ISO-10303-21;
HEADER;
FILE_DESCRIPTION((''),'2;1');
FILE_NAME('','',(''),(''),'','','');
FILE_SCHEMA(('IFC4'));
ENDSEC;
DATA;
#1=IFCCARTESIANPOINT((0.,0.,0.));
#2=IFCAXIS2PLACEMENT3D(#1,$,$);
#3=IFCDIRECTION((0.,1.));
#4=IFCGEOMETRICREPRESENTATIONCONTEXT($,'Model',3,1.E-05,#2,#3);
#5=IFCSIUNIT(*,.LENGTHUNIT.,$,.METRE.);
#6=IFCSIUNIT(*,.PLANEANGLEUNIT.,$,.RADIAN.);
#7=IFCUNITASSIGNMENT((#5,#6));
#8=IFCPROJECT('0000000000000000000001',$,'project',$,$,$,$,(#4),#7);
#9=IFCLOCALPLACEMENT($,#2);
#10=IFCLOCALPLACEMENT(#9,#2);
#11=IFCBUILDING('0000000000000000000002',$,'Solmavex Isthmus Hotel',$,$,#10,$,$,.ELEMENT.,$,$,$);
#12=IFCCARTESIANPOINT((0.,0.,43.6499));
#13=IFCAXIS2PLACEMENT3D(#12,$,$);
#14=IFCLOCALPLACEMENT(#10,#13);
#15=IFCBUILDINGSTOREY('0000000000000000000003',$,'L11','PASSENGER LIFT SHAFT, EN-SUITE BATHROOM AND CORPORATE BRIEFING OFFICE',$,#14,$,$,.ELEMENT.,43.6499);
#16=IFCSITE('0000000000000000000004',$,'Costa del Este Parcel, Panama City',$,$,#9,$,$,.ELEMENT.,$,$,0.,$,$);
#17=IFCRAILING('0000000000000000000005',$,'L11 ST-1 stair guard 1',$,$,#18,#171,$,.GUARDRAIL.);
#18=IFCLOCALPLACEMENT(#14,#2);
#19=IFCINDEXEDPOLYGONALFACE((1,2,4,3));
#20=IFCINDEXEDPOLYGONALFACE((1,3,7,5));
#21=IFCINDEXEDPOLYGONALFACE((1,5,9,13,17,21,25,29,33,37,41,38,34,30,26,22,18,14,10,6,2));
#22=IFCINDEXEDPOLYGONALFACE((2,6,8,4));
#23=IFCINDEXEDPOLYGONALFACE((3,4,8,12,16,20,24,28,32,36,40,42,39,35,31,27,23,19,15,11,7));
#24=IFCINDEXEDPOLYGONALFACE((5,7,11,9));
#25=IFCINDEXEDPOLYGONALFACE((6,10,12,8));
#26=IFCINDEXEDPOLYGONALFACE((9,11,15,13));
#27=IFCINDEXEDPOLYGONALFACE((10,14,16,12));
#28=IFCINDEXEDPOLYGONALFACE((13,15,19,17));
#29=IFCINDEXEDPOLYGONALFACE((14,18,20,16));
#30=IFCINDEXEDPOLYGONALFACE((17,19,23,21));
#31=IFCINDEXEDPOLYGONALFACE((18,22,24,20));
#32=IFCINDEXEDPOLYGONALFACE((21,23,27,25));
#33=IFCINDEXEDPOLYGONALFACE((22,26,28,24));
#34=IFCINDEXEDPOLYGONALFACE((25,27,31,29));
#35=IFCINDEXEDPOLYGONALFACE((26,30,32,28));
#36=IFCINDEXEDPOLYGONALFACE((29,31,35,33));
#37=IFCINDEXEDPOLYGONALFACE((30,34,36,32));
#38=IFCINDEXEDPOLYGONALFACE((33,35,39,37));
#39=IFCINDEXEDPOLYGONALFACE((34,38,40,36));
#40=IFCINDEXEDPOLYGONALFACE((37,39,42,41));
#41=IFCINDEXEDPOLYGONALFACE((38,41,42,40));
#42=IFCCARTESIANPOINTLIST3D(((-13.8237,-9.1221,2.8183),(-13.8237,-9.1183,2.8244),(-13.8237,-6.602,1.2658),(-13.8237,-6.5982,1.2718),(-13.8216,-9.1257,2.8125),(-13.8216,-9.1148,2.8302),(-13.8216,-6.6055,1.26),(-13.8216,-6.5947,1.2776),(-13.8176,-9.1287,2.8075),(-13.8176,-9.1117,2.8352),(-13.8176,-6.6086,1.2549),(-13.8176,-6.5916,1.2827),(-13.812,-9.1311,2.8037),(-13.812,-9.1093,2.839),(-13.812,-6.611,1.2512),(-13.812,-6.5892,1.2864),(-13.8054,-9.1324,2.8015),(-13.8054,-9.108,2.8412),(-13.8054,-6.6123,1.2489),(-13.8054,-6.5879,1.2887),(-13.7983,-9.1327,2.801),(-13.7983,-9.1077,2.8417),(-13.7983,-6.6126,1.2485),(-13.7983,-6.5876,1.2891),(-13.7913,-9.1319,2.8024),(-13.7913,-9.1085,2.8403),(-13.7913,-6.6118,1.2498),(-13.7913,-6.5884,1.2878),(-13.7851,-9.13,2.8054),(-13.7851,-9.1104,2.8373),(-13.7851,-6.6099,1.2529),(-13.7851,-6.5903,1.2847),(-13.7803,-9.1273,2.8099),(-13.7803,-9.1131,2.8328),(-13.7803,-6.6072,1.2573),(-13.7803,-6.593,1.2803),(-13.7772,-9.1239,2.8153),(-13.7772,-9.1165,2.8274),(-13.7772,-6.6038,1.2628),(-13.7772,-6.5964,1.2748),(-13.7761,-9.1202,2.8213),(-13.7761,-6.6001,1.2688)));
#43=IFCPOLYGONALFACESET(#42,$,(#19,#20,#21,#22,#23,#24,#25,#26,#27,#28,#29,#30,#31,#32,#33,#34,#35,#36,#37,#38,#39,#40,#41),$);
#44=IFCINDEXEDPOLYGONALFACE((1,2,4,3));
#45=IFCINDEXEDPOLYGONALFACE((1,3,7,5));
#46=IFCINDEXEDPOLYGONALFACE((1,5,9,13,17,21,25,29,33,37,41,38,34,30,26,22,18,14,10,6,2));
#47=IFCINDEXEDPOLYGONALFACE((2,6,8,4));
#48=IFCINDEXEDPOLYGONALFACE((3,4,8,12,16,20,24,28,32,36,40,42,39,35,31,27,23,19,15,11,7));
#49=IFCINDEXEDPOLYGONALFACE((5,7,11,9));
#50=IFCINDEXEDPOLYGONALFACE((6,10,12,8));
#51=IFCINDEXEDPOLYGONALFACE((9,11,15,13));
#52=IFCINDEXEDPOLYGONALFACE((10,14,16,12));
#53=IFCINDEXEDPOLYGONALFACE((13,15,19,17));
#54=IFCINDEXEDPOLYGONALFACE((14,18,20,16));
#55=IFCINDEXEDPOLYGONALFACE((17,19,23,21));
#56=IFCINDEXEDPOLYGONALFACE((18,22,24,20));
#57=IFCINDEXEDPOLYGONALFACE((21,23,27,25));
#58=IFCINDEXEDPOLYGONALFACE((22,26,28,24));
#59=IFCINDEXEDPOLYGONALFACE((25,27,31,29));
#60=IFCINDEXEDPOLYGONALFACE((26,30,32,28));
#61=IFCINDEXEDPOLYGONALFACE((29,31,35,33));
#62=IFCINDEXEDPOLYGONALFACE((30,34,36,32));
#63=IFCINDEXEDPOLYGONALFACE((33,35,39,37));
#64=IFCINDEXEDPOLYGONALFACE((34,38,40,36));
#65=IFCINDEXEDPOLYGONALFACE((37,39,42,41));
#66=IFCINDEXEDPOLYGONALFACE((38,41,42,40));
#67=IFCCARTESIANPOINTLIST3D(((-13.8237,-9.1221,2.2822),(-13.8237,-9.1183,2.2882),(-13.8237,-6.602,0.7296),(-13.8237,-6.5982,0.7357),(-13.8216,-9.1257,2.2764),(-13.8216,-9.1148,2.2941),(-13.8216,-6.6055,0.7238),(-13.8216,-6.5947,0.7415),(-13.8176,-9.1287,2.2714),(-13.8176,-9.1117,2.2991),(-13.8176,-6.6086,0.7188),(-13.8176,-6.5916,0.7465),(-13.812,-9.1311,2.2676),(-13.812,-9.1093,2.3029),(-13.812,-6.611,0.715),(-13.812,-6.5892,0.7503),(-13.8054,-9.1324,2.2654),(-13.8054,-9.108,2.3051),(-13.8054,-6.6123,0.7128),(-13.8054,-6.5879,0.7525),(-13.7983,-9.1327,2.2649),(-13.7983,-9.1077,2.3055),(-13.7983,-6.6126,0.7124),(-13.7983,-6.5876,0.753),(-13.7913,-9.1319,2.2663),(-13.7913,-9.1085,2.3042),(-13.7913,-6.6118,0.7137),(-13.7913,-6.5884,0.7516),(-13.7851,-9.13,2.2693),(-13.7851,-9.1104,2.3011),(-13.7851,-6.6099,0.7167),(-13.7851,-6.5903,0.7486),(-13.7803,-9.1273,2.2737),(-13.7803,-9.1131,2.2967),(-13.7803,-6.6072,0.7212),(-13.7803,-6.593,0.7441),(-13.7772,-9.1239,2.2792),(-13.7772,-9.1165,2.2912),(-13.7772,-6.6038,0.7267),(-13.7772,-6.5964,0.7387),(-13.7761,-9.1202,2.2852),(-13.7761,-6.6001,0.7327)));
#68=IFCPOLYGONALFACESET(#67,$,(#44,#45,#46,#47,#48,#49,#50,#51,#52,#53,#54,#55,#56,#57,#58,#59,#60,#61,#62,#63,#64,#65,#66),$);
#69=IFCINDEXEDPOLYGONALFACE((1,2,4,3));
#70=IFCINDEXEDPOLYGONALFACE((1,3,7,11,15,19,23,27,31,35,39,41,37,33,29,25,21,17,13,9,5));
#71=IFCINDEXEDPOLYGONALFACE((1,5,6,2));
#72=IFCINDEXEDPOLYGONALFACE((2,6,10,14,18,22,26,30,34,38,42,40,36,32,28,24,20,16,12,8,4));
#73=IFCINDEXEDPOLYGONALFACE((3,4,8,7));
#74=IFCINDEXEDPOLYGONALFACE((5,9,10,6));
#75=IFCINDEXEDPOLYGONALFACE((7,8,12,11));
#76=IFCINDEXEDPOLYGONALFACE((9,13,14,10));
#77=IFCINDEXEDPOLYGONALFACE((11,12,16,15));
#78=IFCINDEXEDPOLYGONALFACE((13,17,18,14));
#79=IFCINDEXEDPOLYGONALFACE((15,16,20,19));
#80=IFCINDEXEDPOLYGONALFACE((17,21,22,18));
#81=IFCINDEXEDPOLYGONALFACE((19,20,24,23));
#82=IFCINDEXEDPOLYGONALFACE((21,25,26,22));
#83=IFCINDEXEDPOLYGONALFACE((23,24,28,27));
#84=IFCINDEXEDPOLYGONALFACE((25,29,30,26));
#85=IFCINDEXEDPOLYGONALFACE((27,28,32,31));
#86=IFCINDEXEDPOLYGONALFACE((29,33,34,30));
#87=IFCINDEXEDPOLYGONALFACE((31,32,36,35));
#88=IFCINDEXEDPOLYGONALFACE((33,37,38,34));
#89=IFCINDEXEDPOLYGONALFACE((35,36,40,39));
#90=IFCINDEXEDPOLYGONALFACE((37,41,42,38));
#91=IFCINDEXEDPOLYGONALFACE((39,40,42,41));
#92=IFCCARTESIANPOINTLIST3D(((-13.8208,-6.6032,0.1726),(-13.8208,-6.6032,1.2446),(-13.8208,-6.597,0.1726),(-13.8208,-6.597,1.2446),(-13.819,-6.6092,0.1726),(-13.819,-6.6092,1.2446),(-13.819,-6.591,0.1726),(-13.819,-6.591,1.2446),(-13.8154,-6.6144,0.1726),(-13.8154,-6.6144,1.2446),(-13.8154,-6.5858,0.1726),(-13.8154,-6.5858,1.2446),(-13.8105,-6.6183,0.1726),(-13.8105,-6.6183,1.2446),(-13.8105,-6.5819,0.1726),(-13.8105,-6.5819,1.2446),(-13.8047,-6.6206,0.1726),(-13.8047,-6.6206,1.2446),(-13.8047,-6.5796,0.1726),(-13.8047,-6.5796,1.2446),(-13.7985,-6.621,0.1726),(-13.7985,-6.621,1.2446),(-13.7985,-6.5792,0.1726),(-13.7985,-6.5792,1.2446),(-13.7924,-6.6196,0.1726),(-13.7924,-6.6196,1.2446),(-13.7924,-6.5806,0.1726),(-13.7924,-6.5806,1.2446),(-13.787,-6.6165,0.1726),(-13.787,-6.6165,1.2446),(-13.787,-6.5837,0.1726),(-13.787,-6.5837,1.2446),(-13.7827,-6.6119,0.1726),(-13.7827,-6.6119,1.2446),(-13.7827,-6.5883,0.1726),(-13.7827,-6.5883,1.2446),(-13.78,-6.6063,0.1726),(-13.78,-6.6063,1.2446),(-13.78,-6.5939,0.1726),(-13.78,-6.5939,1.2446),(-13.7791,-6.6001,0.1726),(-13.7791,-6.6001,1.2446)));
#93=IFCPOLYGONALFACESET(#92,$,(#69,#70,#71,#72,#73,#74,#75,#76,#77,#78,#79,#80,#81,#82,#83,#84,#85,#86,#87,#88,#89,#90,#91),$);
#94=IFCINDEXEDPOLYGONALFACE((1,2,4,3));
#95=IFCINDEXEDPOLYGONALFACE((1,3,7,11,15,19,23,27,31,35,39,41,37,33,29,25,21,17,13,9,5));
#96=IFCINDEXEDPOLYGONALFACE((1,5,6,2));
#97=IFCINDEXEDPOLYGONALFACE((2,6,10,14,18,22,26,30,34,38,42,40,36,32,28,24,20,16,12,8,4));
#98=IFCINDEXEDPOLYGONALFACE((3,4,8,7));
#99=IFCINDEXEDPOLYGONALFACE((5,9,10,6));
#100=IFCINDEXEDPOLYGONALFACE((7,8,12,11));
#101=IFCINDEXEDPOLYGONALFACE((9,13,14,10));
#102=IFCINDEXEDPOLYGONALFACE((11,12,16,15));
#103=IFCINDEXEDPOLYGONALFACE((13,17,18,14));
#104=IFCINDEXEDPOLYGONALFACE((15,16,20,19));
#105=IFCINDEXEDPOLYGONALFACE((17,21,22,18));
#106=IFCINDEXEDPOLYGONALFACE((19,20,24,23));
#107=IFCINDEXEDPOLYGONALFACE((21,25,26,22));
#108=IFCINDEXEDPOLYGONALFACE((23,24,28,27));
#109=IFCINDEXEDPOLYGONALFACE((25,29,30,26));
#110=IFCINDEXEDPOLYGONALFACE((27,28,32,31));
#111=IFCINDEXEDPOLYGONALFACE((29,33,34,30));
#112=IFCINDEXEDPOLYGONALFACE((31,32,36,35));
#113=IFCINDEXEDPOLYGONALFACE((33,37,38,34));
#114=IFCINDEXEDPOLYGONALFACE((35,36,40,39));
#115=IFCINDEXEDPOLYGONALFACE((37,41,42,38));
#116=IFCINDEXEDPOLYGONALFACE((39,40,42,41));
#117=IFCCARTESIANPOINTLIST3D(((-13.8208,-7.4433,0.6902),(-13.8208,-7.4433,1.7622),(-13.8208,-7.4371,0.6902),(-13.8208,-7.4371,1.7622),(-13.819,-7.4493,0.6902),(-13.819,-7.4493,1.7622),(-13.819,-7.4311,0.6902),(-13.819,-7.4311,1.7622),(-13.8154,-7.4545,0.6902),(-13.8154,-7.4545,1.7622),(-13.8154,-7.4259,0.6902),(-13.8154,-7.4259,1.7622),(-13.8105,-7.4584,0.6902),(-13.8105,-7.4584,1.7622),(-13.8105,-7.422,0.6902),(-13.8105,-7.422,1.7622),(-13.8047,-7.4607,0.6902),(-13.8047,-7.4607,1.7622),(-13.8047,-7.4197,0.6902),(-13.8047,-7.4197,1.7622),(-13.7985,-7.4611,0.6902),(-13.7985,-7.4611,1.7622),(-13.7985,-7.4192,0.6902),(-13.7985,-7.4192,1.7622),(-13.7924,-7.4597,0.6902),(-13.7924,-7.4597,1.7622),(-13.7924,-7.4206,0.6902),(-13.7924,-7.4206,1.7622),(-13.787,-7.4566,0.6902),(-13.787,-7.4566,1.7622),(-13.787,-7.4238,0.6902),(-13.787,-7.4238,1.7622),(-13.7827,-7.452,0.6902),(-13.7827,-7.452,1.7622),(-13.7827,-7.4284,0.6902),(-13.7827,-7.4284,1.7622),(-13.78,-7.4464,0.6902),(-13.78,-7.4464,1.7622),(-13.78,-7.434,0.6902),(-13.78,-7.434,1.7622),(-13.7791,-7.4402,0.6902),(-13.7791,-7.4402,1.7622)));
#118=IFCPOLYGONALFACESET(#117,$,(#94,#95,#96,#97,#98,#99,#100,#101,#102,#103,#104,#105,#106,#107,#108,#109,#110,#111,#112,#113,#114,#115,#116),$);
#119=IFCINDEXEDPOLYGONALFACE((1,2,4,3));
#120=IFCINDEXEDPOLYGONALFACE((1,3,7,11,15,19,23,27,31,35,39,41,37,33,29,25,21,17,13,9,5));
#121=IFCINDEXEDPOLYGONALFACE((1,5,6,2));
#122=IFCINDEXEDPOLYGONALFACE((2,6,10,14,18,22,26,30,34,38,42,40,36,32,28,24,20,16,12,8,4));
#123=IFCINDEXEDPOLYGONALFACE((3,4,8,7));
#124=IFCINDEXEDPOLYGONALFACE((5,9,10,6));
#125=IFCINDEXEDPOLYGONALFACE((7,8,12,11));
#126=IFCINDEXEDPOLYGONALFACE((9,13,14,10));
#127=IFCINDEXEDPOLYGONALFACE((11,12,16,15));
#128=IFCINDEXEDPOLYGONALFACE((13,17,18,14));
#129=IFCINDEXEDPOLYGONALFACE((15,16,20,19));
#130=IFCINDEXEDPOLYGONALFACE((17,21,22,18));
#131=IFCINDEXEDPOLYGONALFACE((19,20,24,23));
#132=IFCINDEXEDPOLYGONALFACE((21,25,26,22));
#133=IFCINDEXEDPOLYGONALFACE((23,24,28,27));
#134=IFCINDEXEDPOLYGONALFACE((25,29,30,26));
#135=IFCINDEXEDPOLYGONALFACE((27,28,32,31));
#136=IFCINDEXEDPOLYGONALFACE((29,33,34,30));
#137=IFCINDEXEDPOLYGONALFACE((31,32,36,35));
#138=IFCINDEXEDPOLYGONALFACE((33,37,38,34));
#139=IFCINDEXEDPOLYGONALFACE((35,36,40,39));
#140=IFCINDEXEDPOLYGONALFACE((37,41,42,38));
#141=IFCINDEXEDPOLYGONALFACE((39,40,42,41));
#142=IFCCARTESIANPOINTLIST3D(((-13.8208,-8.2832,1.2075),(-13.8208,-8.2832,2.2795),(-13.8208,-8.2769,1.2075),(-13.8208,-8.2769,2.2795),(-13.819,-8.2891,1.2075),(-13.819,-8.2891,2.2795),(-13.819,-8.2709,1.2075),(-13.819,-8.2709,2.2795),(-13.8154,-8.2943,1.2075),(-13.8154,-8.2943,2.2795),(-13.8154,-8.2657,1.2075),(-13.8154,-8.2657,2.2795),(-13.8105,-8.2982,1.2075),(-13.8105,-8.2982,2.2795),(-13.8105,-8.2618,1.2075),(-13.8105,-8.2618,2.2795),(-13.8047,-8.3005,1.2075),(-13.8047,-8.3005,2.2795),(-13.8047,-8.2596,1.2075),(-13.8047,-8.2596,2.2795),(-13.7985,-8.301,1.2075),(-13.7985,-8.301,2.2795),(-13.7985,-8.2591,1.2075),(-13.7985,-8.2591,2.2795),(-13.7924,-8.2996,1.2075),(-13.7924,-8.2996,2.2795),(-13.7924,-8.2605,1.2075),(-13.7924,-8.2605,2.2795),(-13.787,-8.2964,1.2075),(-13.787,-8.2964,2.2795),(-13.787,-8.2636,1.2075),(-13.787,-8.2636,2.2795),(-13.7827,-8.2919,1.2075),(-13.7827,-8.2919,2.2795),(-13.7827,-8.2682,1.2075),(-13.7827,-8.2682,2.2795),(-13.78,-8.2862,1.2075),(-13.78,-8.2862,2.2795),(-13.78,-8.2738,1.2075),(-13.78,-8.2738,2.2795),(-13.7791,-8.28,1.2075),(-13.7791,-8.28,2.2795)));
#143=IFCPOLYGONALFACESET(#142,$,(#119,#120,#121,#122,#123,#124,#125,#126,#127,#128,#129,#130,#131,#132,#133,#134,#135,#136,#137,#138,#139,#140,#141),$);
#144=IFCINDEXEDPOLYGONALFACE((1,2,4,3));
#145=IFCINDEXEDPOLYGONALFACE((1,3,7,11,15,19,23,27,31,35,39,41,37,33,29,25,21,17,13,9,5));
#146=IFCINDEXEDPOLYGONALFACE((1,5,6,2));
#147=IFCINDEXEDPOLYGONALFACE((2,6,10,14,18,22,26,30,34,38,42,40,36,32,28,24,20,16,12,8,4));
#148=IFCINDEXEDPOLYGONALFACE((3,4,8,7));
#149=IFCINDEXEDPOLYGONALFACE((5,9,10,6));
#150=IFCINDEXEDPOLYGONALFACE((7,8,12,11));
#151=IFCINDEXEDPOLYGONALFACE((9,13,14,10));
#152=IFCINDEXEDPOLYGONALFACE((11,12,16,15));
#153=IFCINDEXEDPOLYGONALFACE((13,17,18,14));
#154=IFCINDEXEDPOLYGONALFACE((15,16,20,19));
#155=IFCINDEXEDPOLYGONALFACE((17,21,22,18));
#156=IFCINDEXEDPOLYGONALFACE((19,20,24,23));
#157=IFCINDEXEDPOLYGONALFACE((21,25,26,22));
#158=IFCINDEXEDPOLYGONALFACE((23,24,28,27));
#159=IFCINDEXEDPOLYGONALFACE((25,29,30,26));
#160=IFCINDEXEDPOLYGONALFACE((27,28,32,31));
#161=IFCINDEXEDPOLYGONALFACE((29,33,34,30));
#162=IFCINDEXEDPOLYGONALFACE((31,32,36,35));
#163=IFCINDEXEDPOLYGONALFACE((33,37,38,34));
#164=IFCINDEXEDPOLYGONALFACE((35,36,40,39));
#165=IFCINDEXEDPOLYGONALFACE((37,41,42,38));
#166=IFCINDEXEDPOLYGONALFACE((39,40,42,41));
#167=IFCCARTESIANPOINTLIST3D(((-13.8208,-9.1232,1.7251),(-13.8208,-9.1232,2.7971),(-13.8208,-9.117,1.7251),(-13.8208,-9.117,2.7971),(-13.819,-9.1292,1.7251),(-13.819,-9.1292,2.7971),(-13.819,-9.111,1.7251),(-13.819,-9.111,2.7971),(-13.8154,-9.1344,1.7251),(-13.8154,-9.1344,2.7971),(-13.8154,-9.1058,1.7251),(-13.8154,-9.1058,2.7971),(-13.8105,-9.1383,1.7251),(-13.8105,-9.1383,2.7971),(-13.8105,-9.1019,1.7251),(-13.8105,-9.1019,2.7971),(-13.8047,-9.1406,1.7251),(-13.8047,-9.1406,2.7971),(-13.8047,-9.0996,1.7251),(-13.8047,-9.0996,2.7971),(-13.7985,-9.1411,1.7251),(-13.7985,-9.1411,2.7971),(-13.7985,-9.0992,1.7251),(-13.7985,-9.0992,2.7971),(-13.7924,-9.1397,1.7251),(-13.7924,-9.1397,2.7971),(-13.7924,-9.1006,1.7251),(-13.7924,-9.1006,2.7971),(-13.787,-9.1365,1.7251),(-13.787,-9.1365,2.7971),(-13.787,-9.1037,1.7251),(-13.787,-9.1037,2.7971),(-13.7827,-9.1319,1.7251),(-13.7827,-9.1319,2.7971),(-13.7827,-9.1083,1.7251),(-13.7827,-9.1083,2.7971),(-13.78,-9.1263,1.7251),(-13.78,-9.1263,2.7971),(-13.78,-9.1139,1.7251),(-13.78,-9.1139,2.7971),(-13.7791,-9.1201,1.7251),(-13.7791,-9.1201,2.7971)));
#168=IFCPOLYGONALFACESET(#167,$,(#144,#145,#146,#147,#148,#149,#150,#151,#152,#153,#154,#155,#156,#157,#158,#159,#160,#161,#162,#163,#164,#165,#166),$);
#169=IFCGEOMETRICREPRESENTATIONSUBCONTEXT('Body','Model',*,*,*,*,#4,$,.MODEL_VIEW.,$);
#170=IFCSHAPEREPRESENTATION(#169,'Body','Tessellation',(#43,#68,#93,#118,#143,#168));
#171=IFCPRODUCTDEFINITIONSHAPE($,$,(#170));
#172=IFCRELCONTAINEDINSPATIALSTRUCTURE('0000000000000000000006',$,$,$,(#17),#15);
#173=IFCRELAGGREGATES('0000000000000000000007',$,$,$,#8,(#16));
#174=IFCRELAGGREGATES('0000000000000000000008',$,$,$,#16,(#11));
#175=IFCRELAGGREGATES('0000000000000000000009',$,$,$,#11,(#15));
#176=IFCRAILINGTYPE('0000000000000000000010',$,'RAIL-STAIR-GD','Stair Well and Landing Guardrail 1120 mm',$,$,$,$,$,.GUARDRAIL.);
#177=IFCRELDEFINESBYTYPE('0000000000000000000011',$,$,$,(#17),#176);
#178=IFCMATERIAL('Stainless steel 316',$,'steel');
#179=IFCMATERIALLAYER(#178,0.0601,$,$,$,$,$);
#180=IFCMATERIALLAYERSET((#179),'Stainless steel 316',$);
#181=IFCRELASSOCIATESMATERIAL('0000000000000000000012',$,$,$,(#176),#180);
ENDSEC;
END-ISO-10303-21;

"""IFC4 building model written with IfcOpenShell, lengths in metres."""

from ifc_helpers import new_model, si_unit, direction, frame, origin, origin_2d, place, context, subcontext, project, spatial, circle, extrude, material, layer, layer_set, type_object, element, save


model = new_model("IFC4")

# Units and contexts
model_context = context("Model", 3, precision=1e-05, world=origin(), true_north=direction((0.0, 1.0)))
body_context = subcontext(model_context, "Body", "Model", "MODEL_VIEW")
ifc_project = project(units=[si_unit("LENGTHUNIT", "METRE"), si_unit("PLANEANGLEUNIT", "RADIAN")], contexts=[model_context])

# Site, building, storey
site_placement = place(None, origin())
site = spatial("IfcSite", under=ifc_project, at=site_placement, Name="Costa del Este Parcel, Panama City", CompositionType="ELEMENT", RefElevation=0.0)
building_placement = place(site_placement, origin())
building = spatial("IfcBuilding", under=site, at=building_placement, Name="Solmavex Isthmus Hotel", CompositionType="ELEMENT")
storey_placement = place(building_placement, frame((0.0, 0.0, 43.6499)))
storey = spatial("IfcBuildingStorey", under=building, at=storey_placement, Name="L11", Description="PASSENGER LIFT SHAFT, EN-SUITE BATHROOM AND CORPORATE BRIEFING OFFICE", CompositionType="ELEMENT", Elevation=43.6499)

# Shared definitions
ifc_material_1 = material(Name="Stainless steel 316", Category="steel")

# Railing
ifc_layer_1 = layer(ifc_material_1, 0.0601)
ifc_layer_set_1 = layer_set([ifc_layer_1], Name="Stainless steel 316")
railing_type_1 = type_object("IfcRailingType", Name="RAIL-STAIR-GD", Description="Stair Well and Landing Guardrail 1120 mm", PredefinedType="GUARDRAIL", material=ifc_layer_set_1)
railing_1_placement = place(storey_placement, frame((-13.8, -6.6001, 0.1726)))
element("IfcRailing", 1, at=railing_1_placement, inside=storey, type_object=railing_type_1, Name="L11 ST-1 stair guard 1", PredefinedType="GUARDRAIL", context=body_context, shape_type="SweptSolid", body=[
    extrude(circle(Radius=0.0239, at=origin_2d()), frame((0.0, 0.0, 1.0962), z_axis=(0.0, -0.8514, 0.524516), x_axis=(1.0, 0.0, 0.0)), (0.0, 0.0, 1.0), 2.96),
    extrude(circle(Radius=0.0239, at=origin_2d()), frame((0.0, 0.0, 0.5601), z_axis=(0.0, -0.8514, 0.524516), x_axis=(1.0, 0.0, 0.0)), (0.0, 0.0, 1.0), 2.96),
    extrude(circle(Radius=0.021, at=origin_2d()), origin(), (0.0, 0.0, 1.0), 1.072),
    extrude(circle(Radius=0.021, at=origin_2d()), frame((0.0, -0.8401, 0.5176)), (0.0, 0.0, 1.0), 1.072),
    extrude(circle(Radius=0.021, at=origin_2d()), frame((0.0, -1.6799, 1.0349)), (0.0, 0.0, 1.0), 1.072),
    extrude(circle(Radius=0.021, at=origin_2d()), frame((0.0, -2.52, 1.5525)), (0.0, 0.0, 1.0), 1.072),
])

save(model, "model.ifc")
